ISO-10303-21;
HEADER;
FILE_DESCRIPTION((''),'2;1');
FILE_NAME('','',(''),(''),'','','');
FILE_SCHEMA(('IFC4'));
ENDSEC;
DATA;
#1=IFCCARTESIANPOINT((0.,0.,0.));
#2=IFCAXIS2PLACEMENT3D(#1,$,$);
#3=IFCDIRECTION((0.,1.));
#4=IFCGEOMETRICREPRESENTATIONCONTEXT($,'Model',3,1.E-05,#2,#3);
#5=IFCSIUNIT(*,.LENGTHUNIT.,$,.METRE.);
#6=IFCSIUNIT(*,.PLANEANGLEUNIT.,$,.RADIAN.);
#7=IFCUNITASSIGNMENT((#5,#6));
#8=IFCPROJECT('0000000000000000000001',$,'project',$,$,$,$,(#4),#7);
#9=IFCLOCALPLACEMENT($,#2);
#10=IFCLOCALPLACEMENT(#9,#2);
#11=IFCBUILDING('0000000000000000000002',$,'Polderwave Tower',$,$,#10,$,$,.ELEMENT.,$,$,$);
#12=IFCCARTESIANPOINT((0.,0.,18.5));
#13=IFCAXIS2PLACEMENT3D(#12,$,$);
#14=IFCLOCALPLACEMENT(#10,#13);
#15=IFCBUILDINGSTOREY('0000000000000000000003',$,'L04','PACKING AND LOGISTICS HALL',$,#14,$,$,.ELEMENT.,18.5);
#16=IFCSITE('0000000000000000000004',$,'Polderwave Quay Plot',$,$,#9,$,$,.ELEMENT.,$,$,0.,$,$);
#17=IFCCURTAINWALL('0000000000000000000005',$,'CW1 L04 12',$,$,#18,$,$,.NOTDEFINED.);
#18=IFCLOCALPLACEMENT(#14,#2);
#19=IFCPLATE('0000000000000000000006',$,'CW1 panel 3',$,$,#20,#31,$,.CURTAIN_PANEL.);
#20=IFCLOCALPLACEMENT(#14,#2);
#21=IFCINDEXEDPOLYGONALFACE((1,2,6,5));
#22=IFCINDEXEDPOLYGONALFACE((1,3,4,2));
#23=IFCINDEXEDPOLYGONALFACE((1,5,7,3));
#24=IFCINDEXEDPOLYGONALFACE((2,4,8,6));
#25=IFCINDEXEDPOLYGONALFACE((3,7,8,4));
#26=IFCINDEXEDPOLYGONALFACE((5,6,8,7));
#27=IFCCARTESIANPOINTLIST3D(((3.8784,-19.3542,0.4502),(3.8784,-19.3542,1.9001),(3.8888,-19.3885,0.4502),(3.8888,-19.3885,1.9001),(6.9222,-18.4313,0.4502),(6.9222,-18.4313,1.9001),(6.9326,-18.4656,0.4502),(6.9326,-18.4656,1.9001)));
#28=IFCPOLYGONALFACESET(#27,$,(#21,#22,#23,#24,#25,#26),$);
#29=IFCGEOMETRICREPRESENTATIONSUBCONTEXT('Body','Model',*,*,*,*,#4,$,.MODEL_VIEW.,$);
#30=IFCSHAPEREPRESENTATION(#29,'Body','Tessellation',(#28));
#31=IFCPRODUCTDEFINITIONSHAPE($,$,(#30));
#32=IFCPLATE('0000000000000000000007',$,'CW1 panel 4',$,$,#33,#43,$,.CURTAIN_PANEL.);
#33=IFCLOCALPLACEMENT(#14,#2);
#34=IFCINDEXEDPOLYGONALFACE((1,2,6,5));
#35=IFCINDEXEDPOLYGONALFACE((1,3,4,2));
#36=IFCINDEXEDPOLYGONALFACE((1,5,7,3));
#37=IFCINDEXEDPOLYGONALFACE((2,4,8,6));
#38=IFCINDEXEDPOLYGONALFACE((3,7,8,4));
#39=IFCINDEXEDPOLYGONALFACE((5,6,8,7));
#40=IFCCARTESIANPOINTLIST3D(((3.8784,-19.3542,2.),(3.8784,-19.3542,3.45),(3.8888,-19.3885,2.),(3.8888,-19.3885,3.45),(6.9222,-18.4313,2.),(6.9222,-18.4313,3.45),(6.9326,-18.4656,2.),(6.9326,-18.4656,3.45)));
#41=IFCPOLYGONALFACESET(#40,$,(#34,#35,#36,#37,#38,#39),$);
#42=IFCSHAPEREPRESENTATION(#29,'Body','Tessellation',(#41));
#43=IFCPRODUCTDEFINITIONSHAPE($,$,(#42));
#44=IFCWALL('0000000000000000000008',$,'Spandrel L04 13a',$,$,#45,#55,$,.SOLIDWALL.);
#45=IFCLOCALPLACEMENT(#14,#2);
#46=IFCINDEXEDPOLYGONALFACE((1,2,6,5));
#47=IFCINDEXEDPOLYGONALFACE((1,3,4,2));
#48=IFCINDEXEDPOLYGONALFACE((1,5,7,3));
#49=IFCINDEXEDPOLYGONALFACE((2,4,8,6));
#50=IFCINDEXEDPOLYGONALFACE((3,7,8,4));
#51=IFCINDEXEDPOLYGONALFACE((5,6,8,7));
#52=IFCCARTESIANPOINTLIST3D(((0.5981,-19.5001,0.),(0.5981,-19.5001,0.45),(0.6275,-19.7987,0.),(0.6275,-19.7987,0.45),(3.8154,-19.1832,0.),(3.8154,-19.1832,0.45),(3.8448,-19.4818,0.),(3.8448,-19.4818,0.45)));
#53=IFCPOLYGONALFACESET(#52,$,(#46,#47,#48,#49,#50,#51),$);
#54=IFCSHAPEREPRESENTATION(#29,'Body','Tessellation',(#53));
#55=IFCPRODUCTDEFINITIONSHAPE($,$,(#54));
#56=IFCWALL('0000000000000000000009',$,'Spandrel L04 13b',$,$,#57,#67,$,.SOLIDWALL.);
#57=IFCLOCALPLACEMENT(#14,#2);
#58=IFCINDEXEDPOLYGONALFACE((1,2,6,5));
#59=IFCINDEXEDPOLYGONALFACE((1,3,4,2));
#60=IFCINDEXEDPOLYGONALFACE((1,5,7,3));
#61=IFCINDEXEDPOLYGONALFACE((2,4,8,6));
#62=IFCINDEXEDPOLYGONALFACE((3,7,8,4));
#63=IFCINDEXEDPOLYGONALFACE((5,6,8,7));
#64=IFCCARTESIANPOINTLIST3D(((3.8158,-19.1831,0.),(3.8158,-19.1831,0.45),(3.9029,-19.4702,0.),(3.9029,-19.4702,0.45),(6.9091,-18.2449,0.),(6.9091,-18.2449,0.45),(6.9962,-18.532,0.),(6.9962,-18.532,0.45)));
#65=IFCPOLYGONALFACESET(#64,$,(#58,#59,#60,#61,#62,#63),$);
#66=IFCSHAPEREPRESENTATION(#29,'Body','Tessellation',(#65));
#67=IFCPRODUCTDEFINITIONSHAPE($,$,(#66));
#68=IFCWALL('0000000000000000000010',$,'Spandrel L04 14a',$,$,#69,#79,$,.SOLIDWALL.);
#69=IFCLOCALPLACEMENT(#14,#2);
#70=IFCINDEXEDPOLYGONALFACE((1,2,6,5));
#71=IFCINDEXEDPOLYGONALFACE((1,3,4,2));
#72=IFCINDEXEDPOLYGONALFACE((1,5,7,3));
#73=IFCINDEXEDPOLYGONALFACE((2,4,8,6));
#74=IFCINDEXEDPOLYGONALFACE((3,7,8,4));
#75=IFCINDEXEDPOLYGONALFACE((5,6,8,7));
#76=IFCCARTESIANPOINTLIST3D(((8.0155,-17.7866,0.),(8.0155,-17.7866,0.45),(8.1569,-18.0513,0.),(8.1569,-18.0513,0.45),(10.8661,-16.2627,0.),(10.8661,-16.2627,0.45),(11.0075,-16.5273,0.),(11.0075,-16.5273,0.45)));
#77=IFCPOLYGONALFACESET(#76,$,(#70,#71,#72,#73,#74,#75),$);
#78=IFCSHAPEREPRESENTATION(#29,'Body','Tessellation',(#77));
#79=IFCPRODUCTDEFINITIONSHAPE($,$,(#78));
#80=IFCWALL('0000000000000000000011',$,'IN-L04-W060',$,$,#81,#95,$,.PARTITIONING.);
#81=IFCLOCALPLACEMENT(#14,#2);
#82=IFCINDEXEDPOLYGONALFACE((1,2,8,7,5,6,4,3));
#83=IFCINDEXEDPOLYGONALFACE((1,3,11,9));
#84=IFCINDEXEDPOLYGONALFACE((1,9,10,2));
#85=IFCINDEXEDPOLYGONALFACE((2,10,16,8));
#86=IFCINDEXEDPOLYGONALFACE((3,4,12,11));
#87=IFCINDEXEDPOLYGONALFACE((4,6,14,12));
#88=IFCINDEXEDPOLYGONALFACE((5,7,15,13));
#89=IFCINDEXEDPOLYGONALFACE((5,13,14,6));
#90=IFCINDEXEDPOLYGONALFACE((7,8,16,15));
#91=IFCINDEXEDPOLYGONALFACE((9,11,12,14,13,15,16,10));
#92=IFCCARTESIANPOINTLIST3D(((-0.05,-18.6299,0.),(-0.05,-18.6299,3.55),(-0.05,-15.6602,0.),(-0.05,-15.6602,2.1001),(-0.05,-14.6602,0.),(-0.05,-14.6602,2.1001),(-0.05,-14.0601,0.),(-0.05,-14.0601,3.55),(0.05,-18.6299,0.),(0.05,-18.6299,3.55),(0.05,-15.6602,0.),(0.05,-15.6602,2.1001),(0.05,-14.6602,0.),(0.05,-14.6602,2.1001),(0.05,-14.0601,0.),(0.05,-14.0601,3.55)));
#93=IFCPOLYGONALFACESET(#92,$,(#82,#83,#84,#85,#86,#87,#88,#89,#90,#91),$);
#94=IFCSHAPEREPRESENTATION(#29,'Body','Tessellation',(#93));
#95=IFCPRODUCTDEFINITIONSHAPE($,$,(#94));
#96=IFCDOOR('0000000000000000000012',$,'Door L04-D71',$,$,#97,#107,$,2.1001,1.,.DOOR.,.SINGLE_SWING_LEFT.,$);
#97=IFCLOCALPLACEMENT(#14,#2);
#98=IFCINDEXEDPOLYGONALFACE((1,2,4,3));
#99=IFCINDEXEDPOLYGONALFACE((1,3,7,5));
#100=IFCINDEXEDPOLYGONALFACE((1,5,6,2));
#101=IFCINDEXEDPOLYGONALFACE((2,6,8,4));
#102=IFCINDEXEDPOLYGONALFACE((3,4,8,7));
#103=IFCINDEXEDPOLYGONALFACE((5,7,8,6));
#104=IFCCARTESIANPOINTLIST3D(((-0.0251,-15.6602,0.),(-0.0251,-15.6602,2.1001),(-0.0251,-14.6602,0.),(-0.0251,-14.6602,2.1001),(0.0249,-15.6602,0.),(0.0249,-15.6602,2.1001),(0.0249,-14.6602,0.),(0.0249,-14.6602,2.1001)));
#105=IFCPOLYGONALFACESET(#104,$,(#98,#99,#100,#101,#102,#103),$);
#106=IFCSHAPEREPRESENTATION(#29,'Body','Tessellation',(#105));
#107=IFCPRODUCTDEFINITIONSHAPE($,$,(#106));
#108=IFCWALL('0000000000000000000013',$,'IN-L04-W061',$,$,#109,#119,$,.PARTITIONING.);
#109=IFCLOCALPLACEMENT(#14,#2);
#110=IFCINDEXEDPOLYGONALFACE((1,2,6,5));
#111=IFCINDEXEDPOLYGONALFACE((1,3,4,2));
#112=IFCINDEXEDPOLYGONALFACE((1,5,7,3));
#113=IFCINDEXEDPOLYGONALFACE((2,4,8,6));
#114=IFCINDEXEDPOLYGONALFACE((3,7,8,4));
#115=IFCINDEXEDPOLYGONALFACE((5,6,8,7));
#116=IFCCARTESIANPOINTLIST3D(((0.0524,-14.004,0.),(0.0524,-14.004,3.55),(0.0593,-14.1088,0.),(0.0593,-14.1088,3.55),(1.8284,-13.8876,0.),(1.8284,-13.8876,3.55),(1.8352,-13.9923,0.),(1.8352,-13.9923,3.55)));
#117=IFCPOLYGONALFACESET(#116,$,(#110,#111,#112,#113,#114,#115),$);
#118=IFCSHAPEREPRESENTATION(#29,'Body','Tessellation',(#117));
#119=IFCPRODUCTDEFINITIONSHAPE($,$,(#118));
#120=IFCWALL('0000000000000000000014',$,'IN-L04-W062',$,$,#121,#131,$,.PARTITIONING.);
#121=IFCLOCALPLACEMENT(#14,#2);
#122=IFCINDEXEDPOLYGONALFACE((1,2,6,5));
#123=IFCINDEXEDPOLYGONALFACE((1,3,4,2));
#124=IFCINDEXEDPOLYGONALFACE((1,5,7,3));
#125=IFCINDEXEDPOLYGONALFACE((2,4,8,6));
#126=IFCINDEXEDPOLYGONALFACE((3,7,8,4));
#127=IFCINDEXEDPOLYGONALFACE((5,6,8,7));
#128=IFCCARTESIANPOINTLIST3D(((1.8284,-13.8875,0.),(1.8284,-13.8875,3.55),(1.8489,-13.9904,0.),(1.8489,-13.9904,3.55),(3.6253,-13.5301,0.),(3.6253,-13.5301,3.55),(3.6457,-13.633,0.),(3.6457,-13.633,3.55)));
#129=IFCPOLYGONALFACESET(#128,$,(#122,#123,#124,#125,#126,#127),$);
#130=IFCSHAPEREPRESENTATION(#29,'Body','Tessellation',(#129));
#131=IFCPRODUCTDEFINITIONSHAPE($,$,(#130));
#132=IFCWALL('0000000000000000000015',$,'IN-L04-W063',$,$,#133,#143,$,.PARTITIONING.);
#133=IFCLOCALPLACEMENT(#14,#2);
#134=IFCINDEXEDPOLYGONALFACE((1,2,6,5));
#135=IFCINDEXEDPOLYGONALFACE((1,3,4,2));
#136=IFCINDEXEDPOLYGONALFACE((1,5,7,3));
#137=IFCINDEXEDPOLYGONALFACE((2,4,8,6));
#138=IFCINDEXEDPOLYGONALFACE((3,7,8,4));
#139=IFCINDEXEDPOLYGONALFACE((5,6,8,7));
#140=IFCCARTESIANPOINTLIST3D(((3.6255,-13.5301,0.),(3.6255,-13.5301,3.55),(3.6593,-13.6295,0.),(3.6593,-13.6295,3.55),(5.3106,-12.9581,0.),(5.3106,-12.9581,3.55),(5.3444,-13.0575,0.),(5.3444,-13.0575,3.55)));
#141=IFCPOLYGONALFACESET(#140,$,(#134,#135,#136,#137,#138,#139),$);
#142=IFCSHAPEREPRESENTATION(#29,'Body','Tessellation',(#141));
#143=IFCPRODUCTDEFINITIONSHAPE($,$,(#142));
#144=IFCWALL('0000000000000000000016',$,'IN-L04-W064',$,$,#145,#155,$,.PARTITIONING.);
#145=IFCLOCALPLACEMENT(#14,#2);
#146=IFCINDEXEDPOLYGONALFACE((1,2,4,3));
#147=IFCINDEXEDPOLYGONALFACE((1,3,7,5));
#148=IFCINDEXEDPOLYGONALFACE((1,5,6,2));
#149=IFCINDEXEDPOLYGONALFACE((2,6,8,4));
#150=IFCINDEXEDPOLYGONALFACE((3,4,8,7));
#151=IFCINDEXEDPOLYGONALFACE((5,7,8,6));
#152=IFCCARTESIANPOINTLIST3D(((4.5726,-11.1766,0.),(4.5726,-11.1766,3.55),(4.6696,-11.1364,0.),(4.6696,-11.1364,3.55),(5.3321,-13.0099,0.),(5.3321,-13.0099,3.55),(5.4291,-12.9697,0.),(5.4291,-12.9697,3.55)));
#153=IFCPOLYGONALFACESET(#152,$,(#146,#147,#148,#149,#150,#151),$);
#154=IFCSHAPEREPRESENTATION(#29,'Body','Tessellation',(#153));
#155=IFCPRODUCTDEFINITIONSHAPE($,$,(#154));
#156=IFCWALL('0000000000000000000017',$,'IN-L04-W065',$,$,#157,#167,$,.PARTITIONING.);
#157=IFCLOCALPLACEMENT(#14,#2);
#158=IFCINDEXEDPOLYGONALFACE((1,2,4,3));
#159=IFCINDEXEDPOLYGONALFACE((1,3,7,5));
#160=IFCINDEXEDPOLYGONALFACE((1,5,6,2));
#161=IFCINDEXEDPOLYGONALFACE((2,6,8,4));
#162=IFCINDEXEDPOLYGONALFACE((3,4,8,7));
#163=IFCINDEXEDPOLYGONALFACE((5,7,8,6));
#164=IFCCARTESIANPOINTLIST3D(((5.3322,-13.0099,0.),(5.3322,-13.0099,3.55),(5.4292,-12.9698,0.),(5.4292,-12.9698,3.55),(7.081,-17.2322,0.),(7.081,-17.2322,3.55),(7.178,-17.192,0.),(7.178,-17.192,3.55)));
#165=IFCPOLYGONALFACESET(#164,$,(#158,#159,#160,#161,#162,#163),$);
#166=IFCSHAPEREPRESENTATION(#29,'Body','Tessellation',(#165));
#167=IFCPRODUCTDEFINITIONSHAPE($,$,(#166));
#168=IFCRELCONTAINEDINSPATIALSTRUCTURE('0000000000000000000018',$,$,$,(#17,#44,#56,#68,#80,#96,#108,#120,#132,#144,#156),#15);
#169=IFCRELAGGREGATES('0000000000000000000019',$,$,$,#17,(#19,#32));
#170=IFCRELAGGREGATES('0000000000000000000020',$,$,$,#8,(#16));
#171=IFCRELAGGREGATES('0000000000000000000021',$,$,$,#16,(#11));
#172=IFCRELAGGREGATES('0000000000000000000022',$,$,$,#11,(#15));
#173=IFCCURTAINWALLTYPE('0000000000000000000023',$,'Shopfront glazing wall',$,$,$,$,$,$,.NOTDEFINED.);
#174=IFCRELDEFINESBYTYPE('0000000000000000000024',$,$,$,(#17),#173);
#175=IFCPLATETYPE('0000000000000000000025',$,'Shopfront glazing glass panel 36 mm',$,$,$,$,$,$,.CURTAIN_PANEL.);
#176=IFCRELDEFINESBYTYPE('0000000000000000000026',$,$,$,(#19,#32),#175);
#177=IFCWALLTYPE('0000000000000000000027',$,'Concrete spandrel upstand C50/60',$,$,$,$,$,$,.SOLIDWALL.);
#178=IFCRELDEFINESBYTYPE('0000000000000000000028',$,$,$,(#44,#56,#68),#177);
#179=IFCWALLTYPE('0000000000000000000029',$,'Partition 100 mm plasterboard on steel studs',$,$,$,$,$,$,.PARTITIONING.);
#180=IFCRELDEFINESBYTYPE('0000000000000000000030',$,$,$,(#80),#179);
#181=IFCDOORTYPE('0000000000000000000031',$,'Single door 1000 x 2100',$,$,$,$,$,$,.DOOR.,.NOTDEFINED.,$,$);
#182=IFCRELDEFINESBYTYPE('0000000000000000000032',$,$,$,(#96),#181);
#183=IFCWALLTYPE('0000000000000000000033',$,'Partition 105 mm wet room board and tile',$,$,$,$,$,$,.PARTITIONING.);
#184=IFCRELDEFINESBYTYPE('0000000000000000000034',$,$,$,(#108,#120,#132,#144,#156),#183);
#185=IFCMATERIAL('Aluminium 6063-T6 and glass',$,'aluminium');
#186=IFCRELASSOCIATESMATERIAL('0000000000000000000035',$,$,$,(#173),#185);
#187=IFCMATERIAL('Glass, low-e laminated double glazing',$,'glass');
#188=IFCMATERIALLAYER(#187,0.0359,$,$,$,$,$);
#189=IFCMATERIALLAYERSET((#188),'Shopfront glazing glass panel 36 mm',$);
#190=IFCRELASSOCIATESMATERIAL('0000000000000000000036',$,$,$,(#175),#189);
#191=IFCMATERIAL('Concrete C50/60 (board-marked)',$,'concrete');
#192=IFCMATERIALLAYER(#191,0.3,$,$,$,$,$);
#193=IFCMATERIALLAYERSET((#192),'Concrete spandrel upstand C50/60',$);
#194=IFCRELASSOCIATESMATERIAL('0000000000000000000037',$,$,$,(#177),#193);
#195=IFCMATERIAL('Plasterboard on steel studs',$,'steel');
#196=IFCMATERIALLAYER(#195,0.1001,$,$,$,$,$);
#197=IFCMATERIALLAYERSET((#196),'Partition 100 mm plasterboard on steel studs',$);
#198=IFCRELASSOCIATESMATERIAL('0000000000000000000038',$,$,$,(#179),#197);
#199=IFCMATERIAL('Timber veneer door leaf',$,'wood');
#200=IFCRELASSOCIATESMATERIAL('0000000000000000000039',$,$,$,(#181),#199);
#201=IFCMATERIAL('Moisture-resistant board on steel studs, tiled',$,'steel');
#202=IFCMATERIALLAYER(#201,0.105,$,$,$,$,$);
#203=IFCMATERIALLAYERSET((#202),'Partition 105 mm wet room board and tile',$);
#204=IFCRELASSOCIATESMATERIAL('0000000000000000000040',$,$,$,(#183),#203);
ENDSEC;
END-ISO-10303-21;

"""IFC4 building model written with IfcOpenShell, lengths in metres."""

from ifc_helpers import new_model, si_unit, direction, frame, frame_2d, origin, origin_2d, place, context, subcontext, project, spatial, rectangle, extrude, material, layer, layer_set, type_object, element, fill, aggregate, save


model = new_model("IFC4")

# Units and contexts
model_context = context("Model", 3, precision=1e-05, world=origin(), true_north=direction((0.0, 1.0)))
body_context = subcontext(model_context, "Body", "Model", "MODEL_VIEW")
ifc_project = project(units=[si_unit("LENGTHUNIT", "METRE"), si_unit("PLANEANGLEUNIT", "RADIAN")], contexts=[model_context])

# Site, building, storey
site_placement = place(None, origin())
site = spatial("IfcSite", under=ifc_project, at=site_placement, Name="Polderwave Quay Plot", CompositionType="ELEMENT", RefElevation=0.0)
building_placement = place(site_placement, origin())
building = spatial("IfcBuilding", under=site, at=building_placement, Name="Polderwave Tower", CompositionType="ELEMENT")
storey_placement = place(building_placement, frame((0.0, 0.0, 18.5)))
storey = spatial("IfcBuildingStorey", under=building, at=storey_placement, Name="L04", Description="PACKING AND LOGISTICS HALL", CompositionType="ELEMENT", Elevation=18.5)

# Curtain wall
ifc_material_1 = material(Name="Aluminium 6063-T6 and glass", Category="aluminium")
curtain_wall_type = type_object("IfcCurtainWallType", Name="Shopfront glazing wall", PredefinedType="NOTDEFINED", material=ifc_material_1)
curtain_wall_1_placement = place(storey_placement, origin())
curtain_wall_1 = element("IfcCurtainWall", 1, at=curtain_wall_1_placement, inside=storey, type_object=curtain_wall_type, Name="CW1 L04 12", PredefinedType="NOTDEFINED")

# Plates
ifc_material_2 = material(Name="Glass, low-e laminated double glazing", Category="glass")
ifc_layer_1 = layer(ifc_material_2, 0.0359)
ifc_layer_set_1 = layer_set([ifc_layer_1], Name="Shopfront glazing glass panel 36 mm")
plate_type = type_object("IfcPlateType", Name="Shopfront glazing glass panel 36 mm", PredefinedType="CURTAIN_PANEL", material=ifc_layer_set_1)
plate_1_placement = place(storey_placement, frame((5.4055, -18.9099, 0.4502), z_axis=(0.0, 0.0, 1.0), x_axis=(0.956981, 0.290151, 0.0)))
plate_1 = element("IfcPlate", 2, at=plate_1_placement, type_object=plate_type, Name="CW1 panel 3", PredefinedType="CURTAIN_PANEL", context=body_context, shape_type="SweptSolid", body=[
    extrude(rectangle(XDim=3.1807, YDim=0.0359, at=origin_2d()), origin(), (0.0, 0.0, 1.0), 1.45),
])
plate_2_placement = place(storey_placement, frame((5.4055, -18.9099, 2.0), z_axis=(0.0, 0.0, 1.0), x_axis=(0.956981, 0.290151, 0.0)))
plate_2 = element("IfcPlate", 3, at=plate_2_placement, type_object=plate_type, Name="CW1 panel 4", PredefinedType="CURTAIN_PANEL", context=body_context, shape_type="SweptSolid", body=[
    extrude(rectangle(XDim=3.1807, YDim=0.0359, at=origin_2d()), origin(), (0.0, 0.0, 1.0), 1.45),
])
aggregate(curtain_wall_1, [plate_1, plate_2])

# Walls
ifc_material_3 = material(Name="Concrete C50/60 (board-marked)", Category="concrete")
ifc_layer_2 = layer(ifc_material_3, 0.3)
ifc_layer_set_2 = layer_set([ifc_layer_2], Name="Concrete spandrel upstand C50/60")
wall_type_1 = type_object("IfcWallType", Name="Concrete spandrel upstand C50/60", PredefinedType="SOLIDWALL", material=ifc_layer_set_2)
wall_1_placement = place(storey_placement, frame((0.6128, -19.6494, 0.0), z_axis=(0.0, 0.0, 1.0), x_axis=(0.995184, 0.098023, 0.0)))
element("IfcWall", 4, at=wall_1_placement, inside=storey, type_object=wall_type_1, Name="Spandrel L04 13a", PredefinedType="SOLIDWALL", context=body_context, shape_type="SweptSolid", body=[
    extrude(rectangle(XDim=3.2329, YDim=0.3, at=frame_2d((1.6165, 0.0))), origin(), (0.0, 0.0, 1.0), 0.45),
])
for number, where, z_axis, x_axis, name in (
    (5, (3.8594, -19.3267, 0.0), (0.0, 0.0, 1.0), (0.956949, 0.290257, 0.0), "Spandrel L04 13b"),
    (6, (8.0862, -17.9189, 0.0), (0.0, 0.0, 1.0), (0.881888, 0.471458, 0.0), "Spandrel L04 14a"),
):
    element("IfcWall", number, at=place(storey_placement, frame(where, z_axis=z_axis, x_axis=x_axis)), inside=storey, type_object=wall_type_1, Name=name, PredefinedType="SOLIDWALL", context=body_context, shape_type="SweptSolid", body=[
        extrude(rectangle(XDim=3.2324, YDim=0.3, at=frame_2d((1.6162, 0.0))), origin(), (0.0, 0.0, 1.0), 0.45),
    ])

# Wall, opening, door
ifc_material_4 = material(Name="Plasterboard on steel studs", Category="steel")
ifc_layer_3 = layer(ifc_material_4, 0.1001)
ifc_layer_set_3 = layer_set([ifc_layer_3], Name="Partition 100 mm plasterboard on steel studs")
wall_type_2 = type_object("IfcWallType", Name="Partition 100 mm plasterboard on steel studs", PredefinedType="PARTITIONING", material=ifc_layer_set_3)
wall_2_placement = place(storey_placement, frame((0.0, -14.0601, 0.0), z_axis=(0.0, 0.0, 1.0), x_axis=(0.0, -1.0, 0.0)))
wall_2 = element("IfcWall", 7, at=wall_2_placement, inside=storey, type_object=wall_type_2, Name="IN-L04-W060", PredefinedType="PARTITIONING", context=body_context, shape_type="SweptSolid", body=[
    extrude(rectangle(XDim=4.5698, YDim=0.1001, at=frame_2d((2.2849, 0.0))), origin(), (0.0, 0.0, 1.0), 3.55),
])
opening_placement = place(wall_2_placement, frame((0.6001, 0.0, 0.0)))
opening = element("IfcOpeningElement", 8, at=opening_placement, cuts=wall_2, PredefinedType="OPENING", context=body_context, shape_type="SweptSolid", body=[
    extrude(rectangle(XDim=1.0, YDim=2.1001, at=frame_2d((0.5, 1.05))), frame((0.0, 0.0601, 0.0), z_axis=(0.0, -1.0, 0.0), x_axis=(1.0, 0.0, 0.0)), (0.0, 0.0, 1.0), 0.1201),
])
ifc_material_5 = material(Name="Timber veneer door leaf", Category="wood")
door_type = type_object("IfcDoorType", Name="Single door 1000 x 2100", OperationType="NOTDEFINED", PredefinedType="DOOR", material=ifc_material_5)
door_placement = place(opening_placement, origin())
door = element("IfcDoor", 9, at=door_placement, inside=storey, type_object=door_type, Name="Door L04-D71", OperationType="SINGLE_SWING_LEFT", OverallHeight=2.1001, OverallWidth=1.0, PredefinedType="DOOR", context=body_context, shape_type="SweptSolid", body=[
    extrude(rectangle(XDim=1.0, YDim=2.1001, at=frame_2d((0.5, 1.05))), frame((0.0, 0.0249, 0.0), z_axis=(0.0, -1.0, 0.0), x_axis=(1.0, 0.0, 0.0)), (0.0, 0.0, 1.0), 0.05),
])
fill(opening, door)

# Walls
ifc_material_6 = material(Name="Moisture-resistant board on steel studs, tiled", Category="steel")
ifc_layer_4 = layer(ifc_material_6, 0.105)
ifc_layer_set_4 = layer_set([ifc_layer_4], Name="Partition 105 mm wet room board and tile")
wall_type_3 = type_object("IfcWallType", Name="Partition 105 mm wet room board and tile", PredefinedType="PARTITIONING", material=ifc_layer_set_4)
wall_3_placement = place(storey_placement, frame((1.8318, -13.9399, 0.0), z_axis=(0.0, 0.0, 1.0), x_axis=(-0.997857, -0.065435, 0.0)))
element("IfcWall", 10, at=wall_3_placement, inside=storey, type_object=wall_type_3, Name="IN-L04-W061", PredefinedType="PARTITIONING", context=body_context, shape_type="SweptSolid", body=[
    extrude(rectangle(XDim=1.7798, YDim=0.105, at=frame_2d((0.8899, 0.0))), origin(), (0.0, 0.0, 1.0), 3.55),
])
wall_4_placement = place(storey_placement, frame((3.6355, -13.5815, 0.0), z_axis=(0.0, 0.0, 1.0), x_axis=(-0.980785, -0.195091, 0.0)))
element("IfcWall", 11, at=wall_4_placement, inside=storey, type_object=wall_type_3, Name="IN-L04-W062", PredefinedType="PARTITIONING", context=body_context, shape_type="SweptSolid", body=[
    extrude(rectangle(XDim=1.832, YDim=0.105, at=frame_2d((0.916, 0.0))), origin(), (0.0, 0.0, 1.0), 3.55),
])
wall_5_placement = place(storey_placement, frame((5.3274, -13.0078, 0.0), z_axis=(0.0, 0.0, 1.0), x_axis=(-0.946927, -0.32145, 0.0)))
element("IfcWall", 12, at=wall_5_placement, inside=storey, type_object=wall_type_3, Name="IN-L04-W063", PredefinedType="PARTITIONING", context=body_context, shape_type="SweptSolid", body=[
    extrude(rectangle(XDim=1.7795, YDim=0.105, at=frame_2d((0.8896, 0.0))), origin(), (0.0, 0.0, 1.0), 3.55),
])
wall_6_placement = place(storey_placement, frame((4.6211, -11.1565, 0.0), z_axis=(0.0, 0.0, 1.0), x_axis=(0.382754, -0.92385, 0.0)))
element("IfcWall", 13, at=wall_6_placement, inside=storey, type_object=wall_type_3, Name="IN-L04-W064", PredefinedType="PARTITIONING", context=body_context, shape_type="SweptSolid", body=[
    extrude(rectangle(XDim=1.9844, YDim=0.105, at=frame_2d((0.9922, 0.0))), origin(), (0.0, 0.0, 1.0), 3.55),
])
wall_7_placement = place(storey_placement, frame((5.3806, -12.9897, 0.0), z_axis=(0.0, 0.0, 1.0), x_axis=(0.382665, -0.923887, 0.0)))
element("IfcWall", 14, at=wall_7_placement, inside=storey, type_object=wall_type_3, Name="IN-L04-W065", PredefinedType="PARTITIONING", context=body_context, shape_type="SweptSolid", body=[
    extrude(rectangle(XDim=4.5701, YDim=0.105, at=frame_2d((2.2852, 0.0))), origin(), (0.0, 0.0, 1.0), 3.55),
])

save(model, "model.ifc")
